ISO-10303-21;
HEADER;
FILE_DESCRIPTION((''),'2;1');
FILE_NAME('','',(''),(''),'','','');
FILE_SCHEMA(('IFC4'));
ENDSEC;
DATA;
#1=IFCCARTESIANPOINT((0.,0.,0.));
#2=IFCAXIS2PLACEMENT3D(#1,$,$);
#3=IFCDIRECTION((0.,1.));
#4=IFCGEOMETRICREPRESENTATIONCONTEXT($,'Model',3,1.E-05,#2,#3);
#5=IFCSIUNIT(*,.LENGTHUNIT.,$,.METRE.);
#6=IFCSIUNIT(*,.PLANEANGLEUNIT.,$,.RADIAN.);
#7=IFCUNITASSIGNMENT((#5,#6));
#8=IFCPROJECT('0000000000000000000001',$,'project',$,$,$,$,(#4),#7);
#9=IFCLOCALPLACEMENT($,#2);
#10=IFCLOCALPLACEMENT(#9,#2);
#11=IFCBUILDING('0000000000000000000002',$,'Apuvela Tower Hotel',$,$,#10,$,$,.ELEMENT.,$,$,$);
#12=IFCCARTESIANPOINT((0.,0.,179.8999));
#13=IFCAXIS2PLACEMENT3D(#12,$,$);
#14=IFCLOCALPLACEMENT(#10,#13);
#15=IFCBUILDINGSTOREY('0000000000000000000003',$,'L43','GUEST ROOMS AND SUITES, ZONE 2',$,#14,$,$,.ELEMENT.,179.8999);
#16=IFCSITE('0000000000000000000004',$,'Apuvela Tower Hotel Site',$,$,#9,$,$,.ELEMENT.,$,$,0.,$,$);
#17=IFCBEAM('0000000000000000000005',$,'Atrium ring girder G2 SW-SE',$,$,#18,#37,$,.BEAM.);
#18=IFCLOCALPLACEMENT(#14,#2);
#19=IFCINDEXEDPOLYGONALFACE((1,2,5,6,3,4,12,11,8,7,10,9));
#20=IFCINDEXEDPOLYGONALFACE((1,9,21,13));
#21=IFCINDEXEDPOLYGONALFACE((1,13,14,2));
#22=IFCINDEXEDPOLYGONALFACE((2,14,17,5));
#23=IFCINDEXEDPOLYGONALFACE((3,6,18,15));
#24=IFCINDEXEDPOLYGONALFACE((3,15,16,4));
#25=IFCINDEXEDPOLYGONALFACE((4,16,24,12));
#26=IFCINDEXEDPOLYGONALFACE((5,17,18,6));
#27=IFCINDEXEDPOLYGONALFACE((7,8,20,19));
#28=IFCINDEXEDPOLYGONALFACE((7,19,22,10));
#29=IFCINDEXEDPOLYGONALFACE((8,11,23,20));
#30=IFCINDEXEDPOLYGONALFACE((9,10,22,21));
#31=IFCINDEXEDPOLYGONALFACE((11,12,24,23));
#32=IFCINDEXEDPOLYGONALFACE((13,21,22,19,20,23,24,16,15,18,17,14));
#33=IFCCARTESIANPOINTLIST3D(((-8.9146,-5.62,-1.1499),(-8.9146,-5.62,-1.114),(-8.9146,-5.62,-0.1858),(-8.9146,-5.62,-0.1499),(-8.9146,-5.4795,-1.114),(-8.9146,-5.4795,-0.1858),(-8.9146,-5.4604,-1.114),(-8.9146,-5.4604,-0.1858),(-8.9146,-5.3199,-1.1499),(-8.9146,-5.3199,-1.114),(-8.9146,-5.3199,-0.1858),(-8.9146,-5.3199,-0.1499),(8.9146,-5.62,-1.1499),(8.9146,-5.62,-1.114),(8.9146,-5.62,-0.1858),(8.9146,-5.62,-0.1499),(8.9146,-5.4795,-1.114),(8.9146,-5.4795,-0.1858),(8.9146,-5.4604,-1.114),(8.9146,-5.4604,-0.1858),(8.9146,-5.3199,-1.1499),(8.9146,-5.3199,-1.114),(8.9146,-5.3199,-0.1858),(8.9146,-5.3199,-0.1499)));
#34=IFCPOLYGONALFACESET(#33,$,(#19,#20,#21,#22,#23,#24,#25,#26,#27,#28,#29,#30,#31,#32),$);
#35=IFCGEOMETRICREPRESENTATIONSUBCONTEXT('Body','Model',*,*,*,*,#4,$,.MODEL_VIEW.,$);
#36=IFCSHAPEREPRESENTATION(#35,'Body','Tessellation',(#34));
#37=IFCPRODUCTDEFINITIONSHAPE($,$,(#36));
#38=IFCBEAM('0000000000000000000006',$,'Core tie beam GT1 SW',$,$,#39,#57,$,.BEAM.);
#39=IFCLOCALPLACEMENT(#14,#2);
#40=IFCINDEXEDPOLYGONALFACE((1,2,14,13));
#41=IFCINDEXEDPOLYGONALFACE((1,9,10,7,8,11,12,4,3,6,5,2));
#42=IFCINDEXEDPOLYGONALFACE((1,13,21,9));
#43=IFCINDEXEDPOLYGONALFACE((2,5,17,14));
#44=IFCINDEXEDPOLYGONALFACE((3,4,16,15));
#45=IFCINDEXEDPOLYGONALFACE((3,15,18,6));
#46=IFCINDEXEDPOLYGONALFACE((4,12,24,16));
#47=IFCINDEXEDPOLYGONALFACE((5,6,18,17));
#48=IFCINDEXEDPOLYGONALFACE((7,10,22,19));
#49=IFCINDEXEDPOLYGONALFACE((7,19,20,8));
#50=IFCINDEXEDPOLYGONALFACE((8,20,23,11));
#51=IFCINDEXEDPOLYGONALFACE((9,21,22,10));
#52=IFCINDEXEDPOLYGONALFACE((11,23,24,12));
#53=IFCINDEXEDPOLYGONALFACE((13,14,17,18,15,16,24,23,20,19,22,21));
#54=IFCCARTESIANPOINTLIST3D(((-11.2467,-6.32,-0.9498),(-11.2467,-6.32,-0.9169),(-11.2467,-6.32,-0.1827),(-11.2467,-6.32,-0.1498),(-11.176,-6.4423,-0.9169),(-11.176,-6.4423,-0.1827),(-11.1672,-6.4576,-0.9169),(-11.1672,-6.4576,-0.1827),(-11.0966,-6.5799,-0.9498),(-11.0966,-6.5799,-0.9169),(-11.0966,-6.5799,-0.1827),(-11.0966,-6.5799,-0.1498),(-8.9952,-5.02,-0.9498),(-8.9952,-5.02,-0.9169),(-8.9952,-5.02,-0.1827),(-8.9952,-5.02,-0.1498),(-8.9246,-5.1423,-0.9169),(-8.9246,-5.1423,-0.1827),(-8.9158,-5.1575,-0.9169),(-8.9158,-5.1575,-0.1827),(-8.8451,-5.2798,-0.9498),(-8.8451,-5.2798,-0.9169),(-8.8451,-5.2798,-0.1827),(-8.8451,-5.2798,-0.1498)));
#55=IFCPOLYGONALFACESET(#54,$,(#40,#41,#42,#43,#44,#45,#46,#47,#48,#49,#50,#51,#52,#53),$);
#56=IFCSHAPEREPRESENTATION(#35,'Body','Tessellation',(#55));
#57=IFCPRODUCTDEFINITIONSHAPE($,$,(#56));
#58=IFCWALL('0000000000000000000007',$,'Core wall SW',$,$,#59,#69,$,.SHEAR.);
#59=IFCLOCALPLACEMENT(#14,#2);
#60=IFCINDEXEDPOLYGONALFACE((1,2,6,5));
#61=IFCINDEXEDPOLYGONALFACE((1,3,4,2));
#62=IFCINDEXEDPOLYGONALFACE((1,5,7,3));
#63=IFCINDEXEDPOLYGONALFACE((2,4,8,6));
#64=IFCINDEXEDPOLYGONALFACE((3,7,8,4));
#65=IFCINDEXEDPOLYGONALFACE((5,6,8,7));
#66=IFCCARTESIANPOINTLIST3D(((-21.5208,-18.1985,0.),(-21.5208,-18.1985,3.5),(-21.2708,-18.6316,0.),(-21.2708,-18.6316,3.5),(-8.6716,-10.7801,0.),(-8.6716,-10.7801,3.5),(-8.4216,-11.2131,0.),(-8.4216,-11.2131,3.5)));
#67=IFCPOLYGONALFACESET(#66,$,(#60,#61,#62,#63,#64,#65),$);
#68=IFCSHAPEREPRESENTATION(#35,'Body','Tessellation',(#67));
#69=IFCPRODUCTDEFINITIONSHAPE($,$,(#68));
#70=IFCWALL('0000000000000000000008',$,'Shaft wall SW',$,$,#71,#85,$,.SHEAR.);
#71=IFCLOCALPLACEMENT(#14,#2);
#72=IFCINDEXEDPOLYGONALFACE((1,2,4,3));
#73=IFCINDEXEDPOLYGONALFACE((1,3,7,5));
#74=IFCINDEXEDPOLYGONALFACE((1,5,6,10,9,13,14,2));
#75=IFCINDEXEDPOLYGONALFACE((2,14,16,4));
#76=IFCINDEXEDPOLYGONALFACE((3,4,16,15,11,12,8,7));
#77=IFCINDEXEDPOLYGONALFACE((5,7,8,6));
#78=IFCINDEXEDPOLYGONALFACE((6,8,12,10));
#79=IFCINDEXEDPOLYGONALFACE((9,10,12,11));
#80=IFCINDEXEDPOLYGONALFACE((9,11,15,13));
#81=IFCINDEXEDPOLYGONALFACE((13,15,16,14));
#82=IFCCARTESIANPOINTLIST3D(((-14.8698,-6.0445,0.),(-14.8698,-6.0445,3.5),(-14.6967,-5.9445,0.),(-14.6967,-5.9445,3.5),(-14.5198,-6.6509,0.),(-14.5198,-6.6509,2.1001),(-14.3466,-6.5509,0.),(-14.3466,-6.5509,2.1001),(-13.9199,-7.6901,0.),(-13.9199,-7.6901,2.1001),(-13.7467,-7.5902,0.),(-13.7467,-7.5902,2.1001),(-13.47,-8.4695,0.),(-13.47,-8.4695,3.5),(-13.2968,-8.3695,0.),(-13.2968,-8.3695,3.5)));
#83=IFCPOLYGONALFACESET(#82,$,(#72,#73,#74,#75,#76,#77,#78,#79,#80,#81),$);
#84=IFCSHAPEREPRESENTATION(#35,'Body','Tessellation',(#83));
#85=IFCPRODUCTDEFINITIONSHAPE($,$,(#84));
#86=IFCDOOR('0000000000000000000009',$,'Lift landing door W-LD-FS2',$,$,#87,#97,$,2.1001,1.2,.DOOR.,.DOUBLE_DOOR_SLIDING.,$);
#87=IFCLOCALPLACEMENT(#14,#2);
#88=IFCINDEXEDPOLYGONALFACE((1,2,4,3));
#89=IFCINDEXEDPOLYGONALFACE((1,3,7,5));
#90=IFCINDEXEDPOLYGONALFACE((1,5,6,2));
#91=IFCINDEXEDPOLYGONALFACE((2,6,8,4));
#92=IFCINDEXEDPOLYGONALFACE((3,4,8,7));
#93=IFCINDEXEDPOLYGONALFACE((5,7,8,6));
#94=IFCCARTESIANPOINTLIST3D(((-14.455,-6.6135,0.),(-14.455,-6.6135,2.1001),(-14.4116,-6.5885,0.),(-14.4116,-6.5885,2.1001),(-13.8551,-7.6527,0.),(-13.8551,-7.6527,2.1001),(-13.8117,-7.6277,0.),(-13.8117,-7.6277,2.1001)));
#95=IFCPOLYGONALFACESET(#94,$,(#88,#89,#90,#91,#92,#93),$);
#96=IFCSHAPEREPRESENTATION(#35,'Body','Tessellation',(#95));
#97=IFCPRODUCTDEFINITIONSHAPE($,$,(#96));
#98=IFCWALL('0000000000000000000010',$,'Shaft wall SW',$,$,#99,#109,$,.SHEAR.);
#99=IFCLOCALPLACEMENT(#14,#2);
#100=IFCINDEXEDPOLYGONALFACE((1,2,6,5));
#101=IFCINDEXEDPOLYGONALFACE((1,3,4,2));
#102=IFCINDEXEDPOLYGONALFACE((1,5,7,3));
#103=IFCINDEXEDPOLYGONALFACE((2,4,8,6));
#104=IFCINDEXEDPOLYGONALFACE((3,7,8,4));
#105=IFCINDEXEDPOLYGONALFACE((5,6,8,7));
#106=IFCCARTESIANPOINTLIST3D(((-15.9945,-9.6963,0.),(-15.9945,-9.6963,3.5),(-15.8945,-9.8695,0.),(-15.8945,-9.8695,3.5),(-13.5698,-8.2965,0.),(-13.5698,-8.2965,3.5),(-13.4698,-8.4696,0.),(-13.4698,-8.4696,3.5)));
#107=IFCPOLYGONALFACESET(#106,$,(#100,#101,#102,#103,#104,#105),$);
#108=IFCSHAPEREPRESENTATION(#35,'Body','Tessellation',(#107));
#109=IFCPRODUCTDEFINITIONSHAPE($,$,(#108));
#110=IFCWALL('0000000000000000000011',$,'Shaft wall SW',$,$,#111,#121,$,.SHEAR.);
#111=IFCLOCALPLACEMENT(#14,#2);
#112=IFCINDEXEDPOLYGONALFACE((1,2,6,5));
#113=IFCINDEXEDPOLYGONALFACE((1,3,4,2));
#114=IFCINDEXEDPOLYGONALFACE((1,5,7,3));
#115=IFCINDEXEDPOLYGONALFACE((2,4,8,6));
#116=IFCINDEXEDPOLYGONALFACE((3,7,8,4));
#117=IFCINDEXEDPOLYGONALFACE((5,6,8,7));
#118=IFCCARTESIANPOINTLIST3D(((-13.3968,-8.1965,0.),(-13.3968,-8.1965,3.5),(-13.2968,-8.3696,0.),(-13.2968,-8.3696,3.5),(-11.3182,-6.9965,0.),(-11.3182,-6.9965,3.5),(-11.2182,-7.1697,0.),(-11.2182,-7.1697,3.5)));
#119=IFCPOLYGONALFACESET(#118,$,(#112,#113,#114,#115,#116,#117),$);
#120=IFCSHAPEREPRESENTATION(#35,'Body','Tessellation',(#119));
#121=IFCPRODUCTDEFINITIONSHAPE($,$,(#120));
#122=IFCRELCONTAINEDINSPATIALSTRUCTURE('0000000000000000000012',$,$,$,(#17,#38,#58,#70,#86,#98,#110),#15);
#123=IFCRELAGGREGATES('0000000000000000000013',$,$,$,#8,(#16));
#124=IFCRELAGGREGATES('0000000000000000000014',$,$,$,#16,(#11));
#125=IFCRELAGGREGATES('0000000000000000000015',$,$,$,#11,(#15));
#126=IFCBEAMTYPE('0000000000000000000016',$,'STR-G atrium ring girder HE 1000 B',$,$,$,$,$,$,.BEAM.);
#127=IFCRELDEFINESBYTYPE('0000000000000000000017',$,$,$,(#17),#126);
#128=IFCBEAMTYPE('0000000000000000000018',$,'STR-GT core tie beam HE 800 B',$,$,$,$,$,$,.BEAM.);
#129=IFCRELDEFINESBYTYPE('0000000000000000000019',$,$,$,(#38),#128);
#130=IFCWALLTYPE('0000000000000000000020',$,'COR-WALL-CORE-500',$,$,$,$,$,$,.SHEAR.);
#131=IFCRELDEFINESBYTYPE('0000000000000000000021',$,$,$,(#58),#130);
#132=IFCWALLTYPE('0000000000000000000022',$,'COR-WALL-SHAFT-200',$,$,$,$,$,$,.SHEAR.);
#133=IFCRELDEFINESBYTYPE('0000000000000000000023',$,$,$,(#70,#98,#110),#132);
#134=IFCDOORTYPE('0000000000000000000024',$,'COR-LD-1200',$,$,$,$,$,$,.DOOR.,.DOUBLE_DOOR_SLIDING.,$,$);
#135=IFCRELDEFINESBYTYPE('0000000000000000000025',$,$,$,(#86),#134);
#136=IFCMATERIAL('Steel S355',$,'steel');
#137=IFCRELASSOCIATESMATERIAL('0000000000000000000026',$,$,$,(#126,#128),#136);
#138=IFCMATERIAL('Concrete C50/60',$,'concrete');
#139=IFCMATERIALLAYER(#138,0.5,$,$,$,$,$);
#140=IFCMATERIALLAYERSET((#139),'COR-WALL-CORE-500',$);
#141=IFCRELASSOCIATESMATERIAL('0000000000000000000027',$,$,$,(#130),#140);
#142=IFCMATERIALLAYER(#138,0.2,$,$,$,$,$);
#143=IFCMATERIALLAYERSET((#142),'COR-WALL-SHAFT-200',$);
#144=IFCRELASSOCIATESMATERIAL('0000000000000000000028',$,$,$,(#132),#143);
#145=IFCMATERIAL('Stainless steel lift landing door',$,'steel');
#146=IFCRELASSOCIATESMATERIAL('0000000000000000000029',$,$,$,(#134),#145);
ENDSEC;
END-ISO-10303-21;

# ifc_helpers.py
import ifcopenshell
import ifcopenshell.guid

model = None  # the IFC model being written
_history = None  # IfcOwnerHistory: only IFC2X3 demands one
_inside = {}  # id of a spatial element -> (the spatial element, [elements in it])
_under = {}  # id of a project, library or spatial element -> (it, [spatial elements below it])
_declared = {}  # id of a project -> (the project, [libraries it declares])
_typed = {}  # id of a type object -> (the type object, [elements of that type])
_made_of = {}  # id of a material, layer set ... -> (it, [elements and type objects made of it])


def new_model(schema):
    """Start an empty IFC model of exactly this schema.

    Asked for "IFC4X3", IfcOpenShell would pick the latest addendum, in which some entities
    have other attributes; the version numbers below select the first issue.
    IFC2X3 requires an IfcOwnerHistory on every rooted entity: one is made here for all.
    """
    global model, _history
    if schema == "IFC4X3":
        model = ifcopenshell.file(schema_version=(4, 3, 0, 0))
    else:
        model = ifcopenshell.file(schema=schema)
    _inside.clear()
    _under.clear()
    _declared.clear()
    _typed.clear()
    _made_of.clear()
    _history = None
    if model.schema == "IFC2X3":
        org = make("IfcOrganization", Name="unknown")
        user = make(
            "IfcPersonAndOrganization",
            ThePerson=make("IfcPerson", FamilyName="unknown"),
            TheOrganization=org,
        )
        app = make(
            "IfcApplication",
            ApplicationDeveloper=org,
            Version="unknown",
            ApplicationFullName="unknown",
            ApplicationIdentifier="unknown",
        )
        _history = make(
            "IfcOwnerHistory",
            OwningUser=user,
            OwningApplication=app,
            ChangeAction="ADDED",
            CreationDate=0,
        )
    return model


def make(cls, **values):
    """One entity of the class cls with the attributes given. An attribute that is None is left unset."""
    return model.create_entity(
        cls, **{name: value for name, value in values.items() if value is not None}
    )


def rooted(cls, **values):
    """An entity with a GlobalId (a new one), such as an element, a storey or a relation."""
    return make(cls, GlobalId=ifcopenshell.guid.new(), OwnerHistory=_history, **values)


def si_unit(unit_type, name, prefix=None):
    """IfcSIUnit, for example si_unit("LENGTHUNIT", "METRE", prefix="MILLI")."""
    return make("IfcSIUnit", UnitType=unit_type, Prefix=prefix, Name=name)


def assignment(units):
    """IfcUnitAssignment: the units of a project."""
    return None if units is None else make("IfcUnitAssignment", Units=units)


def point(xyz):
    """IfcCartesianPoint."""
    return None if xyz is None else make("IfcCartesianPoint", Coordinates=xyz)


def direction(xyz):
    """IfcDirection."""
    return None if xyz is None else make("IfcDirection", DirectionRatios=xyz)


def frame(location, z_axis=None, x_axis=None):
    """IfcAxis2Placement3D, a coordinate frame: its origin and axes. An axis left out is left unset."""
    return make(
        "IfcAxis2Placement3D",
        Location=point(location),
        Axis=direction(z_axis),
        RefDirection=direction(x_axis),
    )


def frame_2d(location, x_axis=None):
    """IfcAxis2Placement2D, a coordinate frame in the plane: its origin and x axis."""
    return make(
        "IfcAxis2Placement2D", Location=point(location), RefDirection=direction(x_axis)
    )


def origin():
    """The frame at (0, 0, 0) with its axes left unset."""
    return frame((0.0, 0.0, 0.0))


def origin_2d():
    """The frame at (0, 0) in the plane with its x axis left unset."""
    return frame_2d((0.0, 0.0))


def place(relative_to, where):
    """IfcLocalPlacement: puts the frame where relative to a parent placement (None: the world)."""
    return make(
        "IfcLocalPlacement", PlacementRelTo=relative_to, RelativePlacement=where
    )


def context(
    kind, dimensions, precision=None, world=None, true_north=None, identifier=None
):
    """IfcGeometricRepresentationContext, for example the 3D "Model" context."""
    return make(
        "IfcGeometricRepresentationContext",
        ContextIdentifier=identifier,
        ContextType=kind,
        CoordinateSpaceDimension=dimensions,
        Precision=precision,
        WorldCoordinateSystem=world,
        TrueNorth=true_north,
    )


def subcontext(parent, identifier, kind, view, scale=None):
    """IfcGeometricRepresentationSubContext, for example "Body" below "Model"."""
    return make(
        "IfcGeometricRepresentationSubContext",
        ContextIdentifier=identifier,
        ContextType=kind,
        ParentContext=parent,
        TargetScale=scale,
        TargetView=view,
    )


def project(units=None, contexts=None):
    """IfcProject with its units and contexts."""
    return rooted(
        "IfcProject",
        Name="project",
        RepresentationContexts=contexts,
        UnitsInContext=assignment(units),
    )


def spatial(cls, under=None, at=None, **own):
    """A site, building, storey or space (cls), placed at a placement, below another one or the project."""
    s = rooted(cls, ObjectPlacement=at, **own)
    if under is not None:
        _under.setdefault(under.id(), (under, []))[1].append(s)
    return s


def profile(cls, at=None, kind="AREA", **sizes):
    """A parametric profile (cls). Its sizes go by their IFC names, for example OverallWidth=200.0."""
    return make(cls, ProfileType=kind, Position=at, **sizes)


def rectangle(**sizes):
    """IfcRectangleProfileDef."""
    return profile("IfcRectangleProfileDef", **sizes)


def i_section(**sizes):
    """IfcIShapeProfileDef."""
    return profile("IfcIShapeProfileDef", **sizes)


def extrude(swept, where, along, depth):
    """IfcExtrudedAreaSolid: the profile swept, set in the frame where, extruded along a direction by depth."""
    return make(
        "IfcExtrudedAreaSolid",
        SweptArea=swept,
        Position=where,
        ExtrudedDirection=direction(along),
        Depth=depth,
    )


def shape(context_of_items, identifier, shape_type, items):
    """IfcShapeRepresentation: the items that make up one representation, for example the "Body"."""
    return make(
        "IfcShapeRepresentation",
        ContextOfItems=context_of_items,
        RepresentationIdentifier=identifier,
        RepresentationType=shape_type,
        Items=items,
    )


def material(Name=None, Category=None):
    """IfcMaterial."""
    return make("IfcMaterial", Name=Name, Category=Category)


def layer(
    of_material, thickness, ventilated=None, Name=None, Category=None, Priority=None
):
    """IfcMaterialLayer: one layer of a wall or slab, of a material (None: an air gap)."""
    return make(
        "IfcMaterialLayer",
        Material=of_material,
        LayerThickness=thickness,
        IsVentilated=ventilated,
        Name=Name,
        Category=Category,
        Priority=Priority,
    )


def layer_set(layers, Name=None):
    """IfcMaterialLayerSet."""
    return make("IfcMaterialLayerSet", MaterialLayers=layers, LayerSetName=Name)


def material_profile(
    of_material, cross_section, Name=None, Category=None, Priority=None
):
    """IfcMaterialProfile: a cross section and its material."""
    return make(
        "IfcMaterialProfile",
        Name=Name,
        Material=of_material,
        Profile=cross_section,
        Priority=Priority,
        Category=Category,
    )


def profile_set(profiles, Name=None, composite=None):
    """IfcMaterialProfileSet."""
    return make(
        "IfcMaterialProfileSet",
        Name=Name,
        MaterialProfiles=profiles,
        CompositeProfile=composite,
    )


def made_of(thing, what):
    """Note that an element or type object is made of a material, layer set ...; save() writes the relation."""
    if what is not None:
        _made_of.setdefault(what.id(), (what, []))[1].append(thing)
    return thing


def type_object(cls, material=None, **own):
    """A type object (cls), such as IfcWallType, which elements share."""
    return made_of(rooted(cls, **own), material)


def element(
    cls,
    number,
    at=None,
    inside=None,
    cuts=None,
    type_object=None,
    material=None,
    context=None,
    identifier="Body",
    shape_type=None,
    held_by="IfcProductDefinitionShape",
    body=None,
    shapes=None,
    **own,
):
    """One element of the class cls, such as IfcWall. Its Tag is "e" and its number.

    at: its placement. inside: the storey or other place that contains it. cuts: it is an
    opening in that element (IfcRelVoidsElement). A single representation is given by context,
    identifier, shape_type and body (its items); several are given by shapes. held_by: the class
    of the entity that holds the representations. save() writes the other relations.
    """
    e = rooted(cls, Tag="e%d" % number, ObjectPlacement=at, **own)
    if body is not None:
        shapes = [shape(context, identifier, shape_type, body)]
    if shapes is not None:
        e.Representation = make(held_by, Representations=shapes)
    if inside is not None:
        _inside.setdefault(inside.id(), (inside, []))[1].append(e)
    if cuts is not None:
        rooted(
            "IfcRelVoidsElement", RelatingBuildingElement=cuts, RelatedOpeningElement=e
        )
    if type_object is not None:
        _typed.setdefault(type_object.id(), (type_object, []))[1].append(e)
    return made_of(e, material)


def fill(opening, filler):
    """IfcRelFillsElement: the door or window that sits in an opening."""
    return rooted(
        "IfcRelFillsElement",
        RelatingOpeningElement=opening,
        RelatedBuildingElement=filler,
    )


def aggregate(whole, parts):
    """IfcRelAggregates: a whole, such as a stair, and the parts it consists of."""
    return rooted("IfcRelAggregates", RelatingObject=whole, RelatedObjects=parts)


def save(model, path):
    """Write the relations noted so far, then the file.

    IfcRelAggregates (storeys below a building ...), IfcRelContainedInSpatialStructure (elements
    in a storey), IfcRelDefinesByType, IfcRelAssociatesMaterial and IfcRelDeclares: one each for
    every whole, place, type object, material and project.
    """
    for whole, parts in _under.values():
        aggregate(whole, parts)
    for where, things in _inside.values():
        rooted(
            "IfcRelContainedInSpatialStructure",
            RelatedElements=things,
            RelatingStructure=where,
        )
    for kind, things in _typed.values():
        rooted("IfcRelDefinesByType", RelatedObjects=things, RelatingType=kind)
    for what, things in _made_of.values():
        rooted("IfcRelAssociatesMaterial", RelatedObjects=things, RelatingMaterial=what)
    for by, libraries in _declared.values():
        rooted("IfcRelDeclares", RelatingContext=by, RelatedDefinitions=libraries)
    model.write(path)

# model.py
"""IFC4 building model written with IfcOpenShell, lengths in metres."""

from ifc_helpers import new_model, si_unit, direction, frame, frame_2d, origin, origin_2d, place, context, subcontext, project, spatial, rectangle, i_section, extrude, material, layer, layer_set, material_profile, profile_set, type_object, element, fill, save


model = new_model("IFC4")

# Units and contexts
model_context = context("Model", 3, precision=1e-05, world=origin(), true_north=direction((0.0, 1.0)))
body_context = subcontext(model_context, "Body", "Model", "MODEL_VIEW")
ifc_project = project(units=[si_unit("LENGTHUNIT", "METRE"), si_unit("PLANEANGLEUNIT", "RADIAN")], contexts=[model_context])

# Site, building, storey
site_placement = place(None, origin())
site = spatial("IfcSite", under=ifc_project, at=site_placement, Name="Apuvela Tower Hotel Site", CompositionType="ELEMENT", RefElevation=0.0)
building_placement = place(site_placement, origin())
building = spatial("IfcBuilding", under=site, at=building_placement, Name="Apuvela Tower Hotel", CompositionType="ELEMENT")
storey_placement = place(building_placement, frame((0.0, 0.0, 179.8999)))
storey = spatial("IfcBuildingStorey", under=building, at=storey_placement, Name="L43", Description="GUEST ROOMS AND SUITES, ZONE 2", CompositionType="ELEMENT", Elevation=179.8999)

# Beams
ifc_material_1 = material(Name="Steel S355", Category="steel")
ifc_material_profile_1 = material_profile(ifc_material_1, i_section(OverallWidth=0.3, OverallDepth=1.0, WebThickness=0.019, FlangeThickness=0.0359, at=origin_2d()), Name="HE 1000 B")
ifc_profile_set_1 = profile_set([ifc_material_profile_1], Name="Steel S355")
beam_type_1 = type_object("IfcBeamType", Name="STR-G atrium ring girder HE 1000 B", PredefinedType="BEAM", material=ifc_profile_set_1)
beam_1_placement = place(storey_placement, frame((-8.9146, -5.47, -0.6499), z_axis=(1.0, 0.0, 0.0), x_axis=(0.0, 1.0, 0.0)))
element("IfcBeam", 1, at=beam_1_placement, inside=storey, type_object=beam_type_1, Name="Atrium ring girder G2 SW-SE", PredefinedType="BEAM", context=body_context, shape_type="SweptSolid", body=[
    extrude(i_section(OverallWidth=0.3, OverallDepth=1.0, WebThickness=0.019, FlangeThickness=0.0359, at=origin_2d()), origin(), (0.0, 0.0, 1.0), 17.8291),
])
ifc_material_profile_2 = material_profile(ifc_material_1, i_section(OverallWidth=0.3, OverallDepth=0.8, WebThickness=0.0176, FlangeThickness=0.033, at=origin_2d()), Name="HE 800 B")
ifc_profile_set_2 = profile_set([ifc_material_profile_2], Name="Steel S355")
beam_type_2 = type_object("IfcBeamType", Name="STR-GT core tie beam HE 800 B", PredefinedType="BEAM", material=ifc_profile_set_2)
beam_2_placement = place(storey_placement, frame((-11.1716, -6.45, -0.5498), z_axis=(0.865998, 0.500048, 0.0), x_axis=(-0.500048, 0.865998, 0.0)))
element("IfcBeam", 2, at=beam_2_placement, inside=storey, type_object=beam_type_2, Name="Core tie beam GT1 SW", PredefinedType="BEAM", context=body_context, shape_type="SweptSolid", body=[
    extrude(i_section(OverallWidth=0.3, OverallDepth=0.8, WebThickness=0.0176, FlangeThickness=0.033, at=origin_2d()), origin(), (0.0, 0.0, 1.0), 2.5999),
])

# Wall
ifc_material_2 = material(Name="Concrete C50/60", Category="concrete")
ifc_layer_1 = layer(ifc_material_2, 0.5)
ifc_layer_set_1 = layer_set([ifc_layer_1], Name="COR-WALL-CORE-500")
wall_type_1 = type_object("IfcWallType", Name="COR-WALL-CORE-500", PredefinedType="SHEAR", material=ifc_layer_set_1)
wall_1_placement = place(storey_placement, frame((-8.5466, -10.9966, 0.0), z_axis=(0.0, 0.0, 1.0), x_axis=(-0.866025, -0.500001, 0.0)))
element("IfcWall", 3, at=wall_1_placement, inside=storey, type_object=wall_type_1, Name="Core wall SW", PredefinedType="SHEAR", context=body_context, shape_type="SweptSolid", body=[
    extrude(rectangle(XDim=14.8369, YDim=0.5, at=frame_2d((7.4185, 0.0))), origin(), (0.0, 0.0, 1.0), 3.5),
])

# Wall, opening, door
ifc_layer_2 = layer(ifc_material_2, 0.2)
ifc_layer_set_2 = layer_set([ifc_layer_2], Name="COR-WALL-SHAFT-200")
wall_type_2 = type_object("IfcWallType", Name="COR-WALL-SHAFT-200", PredefinedType="SHEAR", material=ifc_layer_set_2)
wall_2_placement = place(storey_placement, frame((-14.7832, -5.9946, 0.0), z_axis=(0.0, 0.0, 1.0), x_axis=(0.499946, -0.866056, 0.0)))
wall_2 = element("IfcWall", 4, at=wall_2_placement, inside=storey, type_object=wall_type_2, Name="Shaft wall SW", PredefinedType="SHEAR", context=body_context, shape_type="SweptSolid", body=[
    extrude(rectangle(XDim=2.8, YDim=0.2, at=frame_2d((1.3999, 0.0))), origin(), (0.0, 0.0, 1.0), 3.5),
])
opening_1_placement = place(wall_2_placement, frame((0.7, 0.0, 0.0)))
opening_1 = element("IfcOpeningElement", 5, at=opening_1_placement, cuts=wall_2, PredefinedType="OPENING", context=body_context, shape_type="SweptSolid", body=[
    extrude(rectangle(XDim=1.2, YDim=2.1001, at=frame_2d((0.6001, 1.05))), frame((0.0, 0.1099, 0.0), z_axis=(0.0, -1.0, 0.0), x_axis=(1.0, 0.0, 0.0)), (0.0, 0.0, 1.0), 0.22),
])
ifc_material_3 = material(Name="Stainless steel lift landing door", Category="steel")
door_type_1 = type_object("IfcDoorType", Name="COR-LD-1200", OperationType="DOUBLE_DOOR_SLIDING", PredefinedType="DOOR", material=ifc_material_3)
door_1_placement = place(opening_1_placement, origin())
door_1 = element("IfcDoor", 6, at=door_1_placement, inside=storey, type_object=door_type_1, Name="Lift landing door W-LD-FS2", OperationType="DOUBLE_DOOR_SLIDING", OverallHeight=2.1001, OverallWidth=1.2, PredefinedType="DOOR", context=body_context, shape_type="SweptSolid", body=[
    extrude(rectangle(XDim=1.2, YDim=2.1001, at=frame_2d((0.6001, 1.05))), frame((0.0, 0.0249, 0.0), z_axis=(0.0, -1.0, 0.0), x_axis=(1.0, 0.0, 0.0)), (0.0, 0.0, 1.0), 0.05),
])
fill(opening_1, door_1)

# Walls
wall_3_placement = place(storey_placement, frame((-13.5198, -8.3831, 0.0), z_axis=(0.0, 0.0, 1.0), x_axis=(-0.866035, -0.499984, 0.0)))
element("IfcWall", 7, at=wall_3_placement, inside=storey, type_object=wall_type_2, Name="Shaft wall SW", PredefinedType="SHEAR", context=body_context, shape_type="SweptSolid", body=[
    extrude(rectangle(XDim=2.7998, YDim=0.2, at=frame_2d((1.3999, 0.0))), origin(), (0.0, 0.0, 1.0), 3.5),
])
wall_4_placement = place(storey_placement, frame((-11.2681, -7.083, 0.0), z_axis=(0.0, 0.0, 1.0), x_axis=(-0.86605, -0.499957, 0.0)))
element("IfcWall", 8, at=wall_4_placement, inside=storey, type_object=wall_type_2, Name="Shaft wall SW", PredefinedType="SHEAR", context=body_context, shape_type="SweptSolid", body=[
    extrude(rectangle(XDim=2.4001, YDim=0.2, at=frame_2d((1.2002, 0.0))), origin(), (0.0, 0.0, 1.0), 3.5),
])

save(model, "model.ifc")
